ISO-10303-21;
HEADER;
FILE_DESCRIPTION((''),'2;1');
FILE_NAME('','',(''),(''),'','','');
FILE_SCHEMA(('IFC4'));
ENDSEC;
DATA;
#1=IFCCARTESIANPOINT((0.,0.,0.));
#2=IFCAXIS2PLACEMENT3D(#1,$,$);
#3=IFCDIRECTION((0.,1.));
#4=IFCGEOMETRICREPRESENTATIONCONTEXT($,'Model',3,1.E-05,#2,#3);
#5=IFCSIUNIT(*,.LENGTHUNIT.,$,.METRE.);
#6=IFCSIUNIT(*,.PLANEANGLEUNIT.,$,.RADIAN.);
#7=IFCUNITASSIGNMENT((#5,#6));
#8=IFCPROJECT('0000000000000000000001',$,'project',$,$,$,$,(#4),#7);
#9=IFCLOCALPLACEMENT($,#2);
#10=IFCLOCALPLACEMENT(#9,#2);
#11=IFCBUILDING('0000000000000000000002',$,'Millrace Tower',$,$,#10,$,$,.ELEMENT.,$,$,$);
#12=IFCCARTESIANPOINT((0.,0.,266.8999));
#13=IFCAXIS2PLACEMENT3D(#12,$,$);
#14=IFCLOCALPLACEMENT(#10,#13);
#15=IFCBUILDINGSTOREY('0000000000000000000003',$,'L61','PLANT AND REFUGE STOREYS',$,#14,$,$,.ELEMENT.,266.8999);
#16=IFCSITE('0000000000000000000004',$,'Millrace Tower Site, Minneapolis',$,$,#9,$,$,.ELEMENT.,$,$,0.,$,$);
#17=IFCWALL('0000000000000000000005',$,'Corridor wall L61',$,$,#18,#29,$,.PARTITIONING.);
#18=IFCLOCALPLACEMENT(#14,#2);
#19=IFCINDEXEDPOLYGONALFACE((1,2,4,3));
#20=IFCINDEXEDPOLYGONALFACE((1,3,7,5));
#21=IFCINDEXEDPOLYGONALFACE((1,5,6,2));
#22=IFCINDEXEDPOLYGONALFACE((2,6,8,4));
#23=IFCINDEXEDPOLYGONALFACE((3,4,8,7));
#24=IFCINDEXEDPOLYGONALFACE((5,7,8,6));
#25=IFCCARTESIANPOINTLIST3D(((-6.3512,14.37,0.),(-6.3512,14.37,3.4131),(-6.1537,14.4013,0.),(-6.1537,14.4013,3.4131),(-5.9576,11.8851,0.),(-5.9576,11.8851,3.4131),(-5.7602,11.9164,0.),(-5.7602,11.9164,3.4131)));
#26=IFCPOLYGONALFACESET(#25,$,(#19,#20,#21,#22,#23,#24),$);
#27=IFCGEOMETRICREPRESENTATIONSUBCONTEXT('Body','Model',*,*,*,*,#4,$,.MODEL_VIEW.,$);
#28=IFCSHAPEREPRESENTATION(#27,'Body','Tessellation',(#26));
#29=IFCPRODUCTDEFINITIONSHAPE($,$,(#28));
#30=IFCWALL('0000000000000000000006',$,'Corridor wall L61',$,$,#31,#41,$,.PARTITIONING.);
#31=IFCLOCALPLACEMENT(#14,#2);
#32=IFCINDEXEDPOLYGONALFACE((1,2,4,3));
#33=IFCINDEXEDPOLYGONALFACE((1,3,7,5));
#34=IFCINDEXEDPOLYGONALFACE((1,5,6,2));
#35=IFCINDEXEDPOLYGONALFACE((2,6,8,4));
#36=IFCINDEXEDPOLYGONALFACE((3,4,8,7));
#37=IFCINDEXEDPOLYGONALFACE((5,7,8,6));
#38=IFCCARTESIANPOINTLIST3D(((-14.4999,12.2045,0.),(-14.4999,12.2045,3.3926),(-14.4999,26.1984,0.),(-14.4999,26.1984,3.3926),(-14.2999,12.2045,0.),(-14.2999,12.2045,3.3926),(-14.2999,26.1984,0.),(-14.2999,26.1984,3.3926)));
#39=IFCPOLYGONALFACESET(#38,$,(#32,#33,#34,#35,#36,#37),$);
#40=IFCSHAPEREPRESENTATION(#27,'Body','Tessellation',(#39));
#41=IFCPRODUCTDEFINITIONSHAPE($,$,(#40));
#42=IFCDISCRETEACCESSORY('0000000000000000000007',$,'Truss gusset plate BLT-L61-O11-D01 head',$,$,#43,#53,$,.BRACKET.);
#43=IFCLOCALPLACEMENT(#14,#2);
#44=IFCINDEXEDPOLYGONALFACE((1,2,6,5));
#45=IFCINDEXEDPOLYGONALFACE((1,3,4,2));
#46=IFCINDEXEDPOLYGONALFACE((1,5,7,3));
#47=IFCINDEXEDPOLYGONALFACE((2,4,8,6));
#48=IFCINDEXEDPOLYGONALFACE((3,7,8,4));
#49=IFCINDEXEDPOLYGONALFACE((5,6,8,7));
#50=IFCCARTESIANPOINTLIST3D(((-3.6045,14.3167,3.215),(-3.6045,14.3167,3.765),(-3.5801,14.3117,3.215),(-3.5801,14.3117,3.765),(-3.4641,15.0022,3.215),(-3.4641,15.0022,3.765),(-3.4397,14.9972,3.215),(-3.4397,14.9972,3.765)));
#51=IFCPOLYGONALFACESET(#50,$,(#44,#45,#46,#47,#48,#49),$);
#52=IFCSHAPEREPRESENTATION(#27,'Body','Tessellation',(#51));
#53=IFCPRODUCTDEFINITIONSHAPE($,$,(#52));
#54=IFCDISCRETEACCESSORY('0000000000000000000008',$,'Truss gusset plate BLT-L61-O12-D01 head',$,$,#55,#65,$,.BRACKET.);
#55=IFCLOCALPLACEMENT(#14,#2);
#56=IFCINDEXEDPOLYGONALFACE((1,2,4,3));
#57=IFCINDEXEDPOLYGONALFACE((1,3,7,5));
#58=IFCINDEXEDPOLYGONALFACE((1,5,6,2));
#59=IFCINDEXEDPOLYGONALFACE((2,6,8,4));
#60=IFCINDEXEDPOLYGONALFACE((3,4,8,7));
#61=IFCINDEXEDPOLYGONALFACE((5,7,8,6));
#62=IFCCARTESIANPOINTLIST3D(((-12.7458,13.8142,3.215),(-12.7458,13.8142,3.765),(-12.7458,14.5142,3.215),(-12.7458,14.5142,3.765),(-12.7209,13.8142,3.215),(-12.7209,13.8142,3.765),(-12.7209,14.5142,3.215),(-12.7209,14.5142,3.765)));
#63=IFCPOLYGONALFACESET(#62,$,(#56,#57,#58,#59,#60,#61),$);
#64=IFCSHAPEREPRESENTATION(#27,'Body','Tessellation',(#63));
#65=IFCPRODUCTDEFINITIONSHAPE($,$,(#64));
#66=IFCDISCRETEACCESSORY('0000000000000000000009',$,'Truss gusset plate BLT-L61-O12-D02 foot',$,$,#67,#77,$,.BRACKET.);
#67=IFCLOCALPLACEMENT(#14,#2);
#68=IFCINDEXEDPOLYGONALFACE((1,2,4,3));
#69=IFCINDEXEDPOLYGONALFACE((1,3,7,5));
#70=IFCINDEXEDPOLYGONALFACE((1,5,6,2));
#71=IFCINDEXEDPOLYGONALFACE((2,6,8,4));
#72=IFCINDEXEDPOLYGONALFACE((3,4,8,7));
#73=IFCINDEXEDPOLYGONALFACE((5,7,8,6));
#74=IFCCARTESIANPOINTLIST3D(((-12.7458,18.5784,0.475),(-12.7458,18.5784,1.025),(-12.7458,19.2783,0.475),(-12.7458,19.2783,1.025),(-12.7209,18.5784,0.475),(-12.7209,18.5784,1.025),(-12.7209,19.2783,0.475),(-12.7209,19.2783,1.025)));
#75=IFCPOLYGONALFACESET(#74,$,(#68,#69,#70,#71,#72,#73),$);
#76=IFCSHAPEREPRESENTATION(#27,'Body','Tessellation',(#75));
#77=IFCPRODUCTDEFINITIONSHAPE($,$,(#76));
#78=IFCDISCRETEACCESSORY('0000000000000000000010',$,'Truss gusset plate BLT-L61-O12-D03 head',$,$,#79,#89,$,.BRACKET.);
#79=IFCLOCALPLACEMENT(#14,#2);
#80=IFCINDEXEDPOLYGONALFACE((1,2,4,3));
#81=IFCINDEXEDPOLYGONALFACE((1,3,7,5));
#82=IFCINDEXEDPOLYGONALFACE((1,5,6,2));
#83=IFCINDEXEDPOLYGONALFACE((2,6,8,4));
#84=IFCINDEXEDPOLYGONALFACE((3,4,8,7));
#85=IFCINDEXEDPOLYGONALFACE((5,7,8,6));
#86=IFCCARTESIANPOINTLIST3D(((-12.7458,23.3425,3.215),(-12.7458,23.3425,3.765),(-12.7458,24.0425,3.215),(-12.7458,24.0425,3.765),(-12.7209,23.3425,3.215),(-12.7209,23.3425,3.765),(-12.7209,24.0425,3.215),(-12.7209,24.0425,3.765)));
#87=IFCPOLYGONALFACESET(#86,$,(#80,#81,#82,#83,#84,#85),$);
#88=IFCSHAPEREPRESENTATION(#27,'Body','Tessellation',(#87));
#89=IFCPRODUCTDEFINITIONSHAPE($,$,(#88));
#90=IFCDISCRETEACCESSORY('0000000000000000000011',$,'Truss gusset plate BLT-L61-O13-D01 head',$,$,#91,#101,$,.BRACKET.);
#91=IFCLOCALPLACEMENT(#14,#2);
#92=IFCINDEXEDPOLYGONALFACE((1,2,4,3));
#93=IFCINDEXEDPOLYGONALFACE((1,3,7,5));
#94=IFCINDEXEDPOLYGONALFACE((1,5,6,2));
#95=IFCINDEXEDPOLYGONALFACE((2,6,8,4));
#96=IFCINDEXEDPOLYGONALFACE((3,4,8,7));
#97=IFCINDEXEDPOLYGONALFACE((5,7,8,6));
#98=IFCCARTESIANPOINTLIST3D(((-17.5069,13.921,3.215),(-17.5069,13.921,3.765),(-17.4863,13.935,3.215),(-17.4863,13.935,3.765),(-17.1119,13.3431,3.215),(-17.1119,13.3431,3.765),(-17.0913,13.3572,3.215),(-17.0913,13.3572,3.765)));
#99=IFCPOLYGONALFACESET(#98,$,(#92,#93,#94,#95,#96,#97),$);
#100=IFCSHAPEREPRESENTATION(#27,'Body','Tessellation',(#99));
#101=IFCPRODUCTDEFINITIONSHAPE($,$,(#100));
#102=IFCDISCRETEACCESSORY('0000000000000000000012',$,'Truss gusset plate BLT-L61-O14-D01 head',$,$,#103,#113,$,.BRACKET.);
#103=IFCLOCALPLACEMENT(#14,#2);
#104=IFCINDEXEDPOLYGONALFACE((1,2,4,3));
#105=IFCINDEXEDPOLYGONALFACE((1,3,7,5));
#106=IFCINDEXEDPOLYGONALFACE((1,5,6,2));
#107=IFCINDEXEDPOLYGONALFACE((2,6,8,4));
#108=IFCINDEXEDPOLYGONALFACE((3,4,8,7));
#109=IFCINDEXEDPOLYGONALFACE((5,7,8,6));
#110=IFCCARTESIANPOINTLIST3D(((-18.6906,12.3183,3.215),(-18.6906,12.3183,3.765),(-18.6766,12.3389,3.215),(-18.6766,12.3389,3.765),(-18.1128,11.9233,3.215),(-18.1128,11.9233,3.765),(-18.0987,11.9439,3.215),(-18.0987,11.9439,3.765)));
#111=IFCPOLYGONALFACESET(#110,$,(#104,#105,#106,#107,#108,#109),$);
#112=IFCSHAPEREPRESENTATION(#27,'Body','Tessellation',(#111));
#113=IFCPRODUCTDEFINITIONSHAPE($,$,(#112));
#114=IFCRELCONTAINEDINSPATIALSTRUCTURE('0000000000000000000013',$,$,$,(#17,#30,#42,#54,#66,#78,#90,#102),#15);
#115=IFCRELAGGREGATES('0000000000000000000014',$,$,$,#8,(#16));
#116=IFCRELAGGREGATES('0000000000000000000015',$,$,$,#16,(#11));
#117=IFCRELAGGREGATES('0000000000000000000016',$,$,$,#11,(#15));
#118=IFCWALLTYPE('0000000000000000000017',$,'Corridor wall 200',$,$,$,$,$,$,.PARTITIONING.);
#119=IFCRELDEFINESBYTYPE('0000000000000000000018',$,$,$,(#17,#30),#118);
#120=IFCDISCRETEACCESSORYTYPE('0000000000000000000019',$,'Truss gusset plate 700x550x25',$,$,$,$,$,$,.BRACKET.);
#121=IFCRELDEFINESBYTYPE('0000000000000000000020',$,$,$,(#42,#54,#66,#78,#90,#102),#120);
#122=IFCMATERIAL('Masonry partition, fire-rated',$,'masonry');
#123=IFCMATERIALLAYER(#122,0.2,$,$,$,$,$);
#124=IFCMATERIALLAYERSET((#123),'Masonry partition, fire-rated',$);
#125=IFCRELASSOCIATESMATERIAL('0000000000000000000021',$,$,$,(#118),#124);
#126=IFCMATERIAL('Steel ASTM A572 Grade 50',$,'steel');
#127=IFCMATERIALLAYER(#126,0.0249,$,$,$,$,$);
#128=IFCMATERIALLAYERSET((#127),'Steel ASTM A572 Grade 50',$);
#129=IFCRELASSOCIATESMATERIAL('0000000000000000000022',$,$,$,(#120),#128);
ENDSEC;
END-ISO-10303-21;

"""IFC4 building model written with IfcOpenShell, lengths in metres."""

from ifc_helpers import new_model, si_unit, direction, frame, frame_2d, origin, origin_2d, place, context, subcontext, project, spatial, rectangle, extrude, material, layer, layer_set, type_object, element, save


model = new_model("IFC4")

# Units and contexts
model_context = context("Model", 3, precision=1e-05, world=origin(), true_north=direction((0.0, 1.0)))
body_context = subcontext(model_context, "Body", "Model", "MODEL_VIEW")
ifc_project = project(units=[si_unit("LENGTHUNIT", "METRE"), si_unit("PLANEANGLEUNIT", "RADIAN")], contexts=[model_context])

# Site, building, storey
site_placement = place(None, origin())
site = spatial("IfcSite", under=ifc_project, at=site_placement, Name="Millrace Tower Site, Minneapolis", CompositionType="ELEMENT", RefElevation=0.0)
building_placement = place(site_placement, origin())
building = spatial("IfcBuilding", under=site, at=building_placement, Name="Millrace Tower", CompositionType="ELEMENT")
storey_placement = place(building_placement, frame((0.0, 0.0, 266.8999)))
storey = spatial("IfcBuildingStorey", under=building, at=storey_placement, Name="L61", Description="PLANT AND REFUGE STOREYS", CompositionType="ELEMENT", Elevation=266.8999)

# Walls
ifc_material_1 = material(Name="Masonry partition, fire-rated", Category="masonry")
ifc_layer_1 = layer(ifc_material_1, 0.2)
ifc_layer_set_1 = layer_set([ifc_layer_1], Name="Masonry partition, fire-rated")
wall_type = type_object("IfcWallType", Name="Corridor wall 200", PredefinedType="PARTITIONING", material=ifc_layer_set_1)
wall_1_placement = place(storey_placement, frame((-6.2524, 14.3855, 0.0), z_axis=(0.0, 0.0, 1.0), x_axis=(0.156431, -0.987689, 0.0)))
element("IfcWall", 1, at=wall_1_placement, inside=storey, type_object=wall_type, Name="Corridor wall L61", PredefinedType="PARTITIONING", context=body_context, shape_type="SweptSolid", body=[
    extrude(rectangle(XDim=2.5159, YDim=0.2, at=frame_2d((1.2578, 0.0))), origin(), (0.0, 0.0, 1.0), 3.4131),
])
wall_2_placement = place(storey_placement, frame((-14.3999, 12.2043, 0.0), z_axis=(0.0, 0.0, 1.0), x_axis=(0.0, 1.0, 0.0)))
element("IfcWall", 2, at=wall_2_placement, inside=storey, type_object=wall_type, Name="Corridor wall L61", PredefinedType="PARTITIONING", context=body_context, shape_type="SweptSolid", body=[
    extrude(rectangle(XDim=13.9939, YDim=0.2, at=frame_2d((6.9971, 0.0))), origin(), (0.0, 0.0, 1.0), 3.3926),
])

# Discrete accessories
ifc_material_2 = material(Name="Steel ASTM A572 Grade 50", Category="steel")
ifc_layer_2 = layer(ifc_material_2, 0.0249)
ifc_layer_set_2 = layer_set([ifc_layer_2], Name="Steel ASTM A572 Grade 50")
discrete_accessory_type = type_object("IfcDiscreteAccessoryType", Name="Truss gusset plate 700x550x25", PredefinedType="BRACKET", material=ifc_layer_set_2)
discrete_accessory_placement = place(storey_placement, frame((-3.5923, 14.3142, 3.49), z_axis=(0.200609, 0.979671, 0.0), x_axis=(-0.979671, 0.200609, 0.0)))
element("IfcDiscreteAccessory", 3, at=discrete_accessory_placement, inside=storey, type_object=discrete_accessory_type, Name="Truss gusset plate BLT-L61-O11-D01 head", PredefinedType="BRACKET", context=body_context, shape_type="SweptSolid", body=[
    extrude(rectangle(XDim=0.0249, YDim=0.55, at=origin_2d()), origin(), (0.0, 0.0, 1.0), 0.6997),
])
for number, where, z_axis, x_axis, name in (
    (4, (-12.7334, 13.8142, 3.49), (0.0, 1.0, 0.0), (-1.0, 0.0, 0.0), "Truss gusset plate BLT-L61-O12-D01 head"),
    (5, (-12.7334, 18.5784, 0.75), (0.0, 1.0, 0.0), (-1.0, 0.0, 0.0), "Truss gusset plate BLT-L61-O12-D02 foot"),
    (6, (-12.7334, 23.3425, 3.49), (0.0, 1.0, 0.0), (-1.0, 0.0, 0.0), "Truss gusset plate BLT-L61-O12-D03 head"),
    (7, (-17.4966, 13.928, 3.49), (0.564321, -0.825555, 0.0), (0.825555, 0.564321, 0.0), "Truss gusset plate BLT-L61-O13-D01 head"),
    (8, (-18.6836, 12.3286, 3.49), (0.825555, -0.564321, 0.0), (0.564321, 0.825555, 0.0), "Truss gusset plate BLT-L61-O14-D01 head"),
):
    element("IfcDiscreteAccessory", number, at=place(storey_placement, frame(where, z_axis=z_axis, x_axis=x_axis)), inside=storey, type_object=discrete_accessory_type, Name=name, PredefinedType="BRACKET", context=body_context, shape_type="SweptSolid", body=[
        extrude(rectangle(XDim=0.0249, YDim=0.55, at=origin_2d()), origin(), (0.0, 0.0, 1.0), 0.7),
    ])

save(model, "model.ifc")
